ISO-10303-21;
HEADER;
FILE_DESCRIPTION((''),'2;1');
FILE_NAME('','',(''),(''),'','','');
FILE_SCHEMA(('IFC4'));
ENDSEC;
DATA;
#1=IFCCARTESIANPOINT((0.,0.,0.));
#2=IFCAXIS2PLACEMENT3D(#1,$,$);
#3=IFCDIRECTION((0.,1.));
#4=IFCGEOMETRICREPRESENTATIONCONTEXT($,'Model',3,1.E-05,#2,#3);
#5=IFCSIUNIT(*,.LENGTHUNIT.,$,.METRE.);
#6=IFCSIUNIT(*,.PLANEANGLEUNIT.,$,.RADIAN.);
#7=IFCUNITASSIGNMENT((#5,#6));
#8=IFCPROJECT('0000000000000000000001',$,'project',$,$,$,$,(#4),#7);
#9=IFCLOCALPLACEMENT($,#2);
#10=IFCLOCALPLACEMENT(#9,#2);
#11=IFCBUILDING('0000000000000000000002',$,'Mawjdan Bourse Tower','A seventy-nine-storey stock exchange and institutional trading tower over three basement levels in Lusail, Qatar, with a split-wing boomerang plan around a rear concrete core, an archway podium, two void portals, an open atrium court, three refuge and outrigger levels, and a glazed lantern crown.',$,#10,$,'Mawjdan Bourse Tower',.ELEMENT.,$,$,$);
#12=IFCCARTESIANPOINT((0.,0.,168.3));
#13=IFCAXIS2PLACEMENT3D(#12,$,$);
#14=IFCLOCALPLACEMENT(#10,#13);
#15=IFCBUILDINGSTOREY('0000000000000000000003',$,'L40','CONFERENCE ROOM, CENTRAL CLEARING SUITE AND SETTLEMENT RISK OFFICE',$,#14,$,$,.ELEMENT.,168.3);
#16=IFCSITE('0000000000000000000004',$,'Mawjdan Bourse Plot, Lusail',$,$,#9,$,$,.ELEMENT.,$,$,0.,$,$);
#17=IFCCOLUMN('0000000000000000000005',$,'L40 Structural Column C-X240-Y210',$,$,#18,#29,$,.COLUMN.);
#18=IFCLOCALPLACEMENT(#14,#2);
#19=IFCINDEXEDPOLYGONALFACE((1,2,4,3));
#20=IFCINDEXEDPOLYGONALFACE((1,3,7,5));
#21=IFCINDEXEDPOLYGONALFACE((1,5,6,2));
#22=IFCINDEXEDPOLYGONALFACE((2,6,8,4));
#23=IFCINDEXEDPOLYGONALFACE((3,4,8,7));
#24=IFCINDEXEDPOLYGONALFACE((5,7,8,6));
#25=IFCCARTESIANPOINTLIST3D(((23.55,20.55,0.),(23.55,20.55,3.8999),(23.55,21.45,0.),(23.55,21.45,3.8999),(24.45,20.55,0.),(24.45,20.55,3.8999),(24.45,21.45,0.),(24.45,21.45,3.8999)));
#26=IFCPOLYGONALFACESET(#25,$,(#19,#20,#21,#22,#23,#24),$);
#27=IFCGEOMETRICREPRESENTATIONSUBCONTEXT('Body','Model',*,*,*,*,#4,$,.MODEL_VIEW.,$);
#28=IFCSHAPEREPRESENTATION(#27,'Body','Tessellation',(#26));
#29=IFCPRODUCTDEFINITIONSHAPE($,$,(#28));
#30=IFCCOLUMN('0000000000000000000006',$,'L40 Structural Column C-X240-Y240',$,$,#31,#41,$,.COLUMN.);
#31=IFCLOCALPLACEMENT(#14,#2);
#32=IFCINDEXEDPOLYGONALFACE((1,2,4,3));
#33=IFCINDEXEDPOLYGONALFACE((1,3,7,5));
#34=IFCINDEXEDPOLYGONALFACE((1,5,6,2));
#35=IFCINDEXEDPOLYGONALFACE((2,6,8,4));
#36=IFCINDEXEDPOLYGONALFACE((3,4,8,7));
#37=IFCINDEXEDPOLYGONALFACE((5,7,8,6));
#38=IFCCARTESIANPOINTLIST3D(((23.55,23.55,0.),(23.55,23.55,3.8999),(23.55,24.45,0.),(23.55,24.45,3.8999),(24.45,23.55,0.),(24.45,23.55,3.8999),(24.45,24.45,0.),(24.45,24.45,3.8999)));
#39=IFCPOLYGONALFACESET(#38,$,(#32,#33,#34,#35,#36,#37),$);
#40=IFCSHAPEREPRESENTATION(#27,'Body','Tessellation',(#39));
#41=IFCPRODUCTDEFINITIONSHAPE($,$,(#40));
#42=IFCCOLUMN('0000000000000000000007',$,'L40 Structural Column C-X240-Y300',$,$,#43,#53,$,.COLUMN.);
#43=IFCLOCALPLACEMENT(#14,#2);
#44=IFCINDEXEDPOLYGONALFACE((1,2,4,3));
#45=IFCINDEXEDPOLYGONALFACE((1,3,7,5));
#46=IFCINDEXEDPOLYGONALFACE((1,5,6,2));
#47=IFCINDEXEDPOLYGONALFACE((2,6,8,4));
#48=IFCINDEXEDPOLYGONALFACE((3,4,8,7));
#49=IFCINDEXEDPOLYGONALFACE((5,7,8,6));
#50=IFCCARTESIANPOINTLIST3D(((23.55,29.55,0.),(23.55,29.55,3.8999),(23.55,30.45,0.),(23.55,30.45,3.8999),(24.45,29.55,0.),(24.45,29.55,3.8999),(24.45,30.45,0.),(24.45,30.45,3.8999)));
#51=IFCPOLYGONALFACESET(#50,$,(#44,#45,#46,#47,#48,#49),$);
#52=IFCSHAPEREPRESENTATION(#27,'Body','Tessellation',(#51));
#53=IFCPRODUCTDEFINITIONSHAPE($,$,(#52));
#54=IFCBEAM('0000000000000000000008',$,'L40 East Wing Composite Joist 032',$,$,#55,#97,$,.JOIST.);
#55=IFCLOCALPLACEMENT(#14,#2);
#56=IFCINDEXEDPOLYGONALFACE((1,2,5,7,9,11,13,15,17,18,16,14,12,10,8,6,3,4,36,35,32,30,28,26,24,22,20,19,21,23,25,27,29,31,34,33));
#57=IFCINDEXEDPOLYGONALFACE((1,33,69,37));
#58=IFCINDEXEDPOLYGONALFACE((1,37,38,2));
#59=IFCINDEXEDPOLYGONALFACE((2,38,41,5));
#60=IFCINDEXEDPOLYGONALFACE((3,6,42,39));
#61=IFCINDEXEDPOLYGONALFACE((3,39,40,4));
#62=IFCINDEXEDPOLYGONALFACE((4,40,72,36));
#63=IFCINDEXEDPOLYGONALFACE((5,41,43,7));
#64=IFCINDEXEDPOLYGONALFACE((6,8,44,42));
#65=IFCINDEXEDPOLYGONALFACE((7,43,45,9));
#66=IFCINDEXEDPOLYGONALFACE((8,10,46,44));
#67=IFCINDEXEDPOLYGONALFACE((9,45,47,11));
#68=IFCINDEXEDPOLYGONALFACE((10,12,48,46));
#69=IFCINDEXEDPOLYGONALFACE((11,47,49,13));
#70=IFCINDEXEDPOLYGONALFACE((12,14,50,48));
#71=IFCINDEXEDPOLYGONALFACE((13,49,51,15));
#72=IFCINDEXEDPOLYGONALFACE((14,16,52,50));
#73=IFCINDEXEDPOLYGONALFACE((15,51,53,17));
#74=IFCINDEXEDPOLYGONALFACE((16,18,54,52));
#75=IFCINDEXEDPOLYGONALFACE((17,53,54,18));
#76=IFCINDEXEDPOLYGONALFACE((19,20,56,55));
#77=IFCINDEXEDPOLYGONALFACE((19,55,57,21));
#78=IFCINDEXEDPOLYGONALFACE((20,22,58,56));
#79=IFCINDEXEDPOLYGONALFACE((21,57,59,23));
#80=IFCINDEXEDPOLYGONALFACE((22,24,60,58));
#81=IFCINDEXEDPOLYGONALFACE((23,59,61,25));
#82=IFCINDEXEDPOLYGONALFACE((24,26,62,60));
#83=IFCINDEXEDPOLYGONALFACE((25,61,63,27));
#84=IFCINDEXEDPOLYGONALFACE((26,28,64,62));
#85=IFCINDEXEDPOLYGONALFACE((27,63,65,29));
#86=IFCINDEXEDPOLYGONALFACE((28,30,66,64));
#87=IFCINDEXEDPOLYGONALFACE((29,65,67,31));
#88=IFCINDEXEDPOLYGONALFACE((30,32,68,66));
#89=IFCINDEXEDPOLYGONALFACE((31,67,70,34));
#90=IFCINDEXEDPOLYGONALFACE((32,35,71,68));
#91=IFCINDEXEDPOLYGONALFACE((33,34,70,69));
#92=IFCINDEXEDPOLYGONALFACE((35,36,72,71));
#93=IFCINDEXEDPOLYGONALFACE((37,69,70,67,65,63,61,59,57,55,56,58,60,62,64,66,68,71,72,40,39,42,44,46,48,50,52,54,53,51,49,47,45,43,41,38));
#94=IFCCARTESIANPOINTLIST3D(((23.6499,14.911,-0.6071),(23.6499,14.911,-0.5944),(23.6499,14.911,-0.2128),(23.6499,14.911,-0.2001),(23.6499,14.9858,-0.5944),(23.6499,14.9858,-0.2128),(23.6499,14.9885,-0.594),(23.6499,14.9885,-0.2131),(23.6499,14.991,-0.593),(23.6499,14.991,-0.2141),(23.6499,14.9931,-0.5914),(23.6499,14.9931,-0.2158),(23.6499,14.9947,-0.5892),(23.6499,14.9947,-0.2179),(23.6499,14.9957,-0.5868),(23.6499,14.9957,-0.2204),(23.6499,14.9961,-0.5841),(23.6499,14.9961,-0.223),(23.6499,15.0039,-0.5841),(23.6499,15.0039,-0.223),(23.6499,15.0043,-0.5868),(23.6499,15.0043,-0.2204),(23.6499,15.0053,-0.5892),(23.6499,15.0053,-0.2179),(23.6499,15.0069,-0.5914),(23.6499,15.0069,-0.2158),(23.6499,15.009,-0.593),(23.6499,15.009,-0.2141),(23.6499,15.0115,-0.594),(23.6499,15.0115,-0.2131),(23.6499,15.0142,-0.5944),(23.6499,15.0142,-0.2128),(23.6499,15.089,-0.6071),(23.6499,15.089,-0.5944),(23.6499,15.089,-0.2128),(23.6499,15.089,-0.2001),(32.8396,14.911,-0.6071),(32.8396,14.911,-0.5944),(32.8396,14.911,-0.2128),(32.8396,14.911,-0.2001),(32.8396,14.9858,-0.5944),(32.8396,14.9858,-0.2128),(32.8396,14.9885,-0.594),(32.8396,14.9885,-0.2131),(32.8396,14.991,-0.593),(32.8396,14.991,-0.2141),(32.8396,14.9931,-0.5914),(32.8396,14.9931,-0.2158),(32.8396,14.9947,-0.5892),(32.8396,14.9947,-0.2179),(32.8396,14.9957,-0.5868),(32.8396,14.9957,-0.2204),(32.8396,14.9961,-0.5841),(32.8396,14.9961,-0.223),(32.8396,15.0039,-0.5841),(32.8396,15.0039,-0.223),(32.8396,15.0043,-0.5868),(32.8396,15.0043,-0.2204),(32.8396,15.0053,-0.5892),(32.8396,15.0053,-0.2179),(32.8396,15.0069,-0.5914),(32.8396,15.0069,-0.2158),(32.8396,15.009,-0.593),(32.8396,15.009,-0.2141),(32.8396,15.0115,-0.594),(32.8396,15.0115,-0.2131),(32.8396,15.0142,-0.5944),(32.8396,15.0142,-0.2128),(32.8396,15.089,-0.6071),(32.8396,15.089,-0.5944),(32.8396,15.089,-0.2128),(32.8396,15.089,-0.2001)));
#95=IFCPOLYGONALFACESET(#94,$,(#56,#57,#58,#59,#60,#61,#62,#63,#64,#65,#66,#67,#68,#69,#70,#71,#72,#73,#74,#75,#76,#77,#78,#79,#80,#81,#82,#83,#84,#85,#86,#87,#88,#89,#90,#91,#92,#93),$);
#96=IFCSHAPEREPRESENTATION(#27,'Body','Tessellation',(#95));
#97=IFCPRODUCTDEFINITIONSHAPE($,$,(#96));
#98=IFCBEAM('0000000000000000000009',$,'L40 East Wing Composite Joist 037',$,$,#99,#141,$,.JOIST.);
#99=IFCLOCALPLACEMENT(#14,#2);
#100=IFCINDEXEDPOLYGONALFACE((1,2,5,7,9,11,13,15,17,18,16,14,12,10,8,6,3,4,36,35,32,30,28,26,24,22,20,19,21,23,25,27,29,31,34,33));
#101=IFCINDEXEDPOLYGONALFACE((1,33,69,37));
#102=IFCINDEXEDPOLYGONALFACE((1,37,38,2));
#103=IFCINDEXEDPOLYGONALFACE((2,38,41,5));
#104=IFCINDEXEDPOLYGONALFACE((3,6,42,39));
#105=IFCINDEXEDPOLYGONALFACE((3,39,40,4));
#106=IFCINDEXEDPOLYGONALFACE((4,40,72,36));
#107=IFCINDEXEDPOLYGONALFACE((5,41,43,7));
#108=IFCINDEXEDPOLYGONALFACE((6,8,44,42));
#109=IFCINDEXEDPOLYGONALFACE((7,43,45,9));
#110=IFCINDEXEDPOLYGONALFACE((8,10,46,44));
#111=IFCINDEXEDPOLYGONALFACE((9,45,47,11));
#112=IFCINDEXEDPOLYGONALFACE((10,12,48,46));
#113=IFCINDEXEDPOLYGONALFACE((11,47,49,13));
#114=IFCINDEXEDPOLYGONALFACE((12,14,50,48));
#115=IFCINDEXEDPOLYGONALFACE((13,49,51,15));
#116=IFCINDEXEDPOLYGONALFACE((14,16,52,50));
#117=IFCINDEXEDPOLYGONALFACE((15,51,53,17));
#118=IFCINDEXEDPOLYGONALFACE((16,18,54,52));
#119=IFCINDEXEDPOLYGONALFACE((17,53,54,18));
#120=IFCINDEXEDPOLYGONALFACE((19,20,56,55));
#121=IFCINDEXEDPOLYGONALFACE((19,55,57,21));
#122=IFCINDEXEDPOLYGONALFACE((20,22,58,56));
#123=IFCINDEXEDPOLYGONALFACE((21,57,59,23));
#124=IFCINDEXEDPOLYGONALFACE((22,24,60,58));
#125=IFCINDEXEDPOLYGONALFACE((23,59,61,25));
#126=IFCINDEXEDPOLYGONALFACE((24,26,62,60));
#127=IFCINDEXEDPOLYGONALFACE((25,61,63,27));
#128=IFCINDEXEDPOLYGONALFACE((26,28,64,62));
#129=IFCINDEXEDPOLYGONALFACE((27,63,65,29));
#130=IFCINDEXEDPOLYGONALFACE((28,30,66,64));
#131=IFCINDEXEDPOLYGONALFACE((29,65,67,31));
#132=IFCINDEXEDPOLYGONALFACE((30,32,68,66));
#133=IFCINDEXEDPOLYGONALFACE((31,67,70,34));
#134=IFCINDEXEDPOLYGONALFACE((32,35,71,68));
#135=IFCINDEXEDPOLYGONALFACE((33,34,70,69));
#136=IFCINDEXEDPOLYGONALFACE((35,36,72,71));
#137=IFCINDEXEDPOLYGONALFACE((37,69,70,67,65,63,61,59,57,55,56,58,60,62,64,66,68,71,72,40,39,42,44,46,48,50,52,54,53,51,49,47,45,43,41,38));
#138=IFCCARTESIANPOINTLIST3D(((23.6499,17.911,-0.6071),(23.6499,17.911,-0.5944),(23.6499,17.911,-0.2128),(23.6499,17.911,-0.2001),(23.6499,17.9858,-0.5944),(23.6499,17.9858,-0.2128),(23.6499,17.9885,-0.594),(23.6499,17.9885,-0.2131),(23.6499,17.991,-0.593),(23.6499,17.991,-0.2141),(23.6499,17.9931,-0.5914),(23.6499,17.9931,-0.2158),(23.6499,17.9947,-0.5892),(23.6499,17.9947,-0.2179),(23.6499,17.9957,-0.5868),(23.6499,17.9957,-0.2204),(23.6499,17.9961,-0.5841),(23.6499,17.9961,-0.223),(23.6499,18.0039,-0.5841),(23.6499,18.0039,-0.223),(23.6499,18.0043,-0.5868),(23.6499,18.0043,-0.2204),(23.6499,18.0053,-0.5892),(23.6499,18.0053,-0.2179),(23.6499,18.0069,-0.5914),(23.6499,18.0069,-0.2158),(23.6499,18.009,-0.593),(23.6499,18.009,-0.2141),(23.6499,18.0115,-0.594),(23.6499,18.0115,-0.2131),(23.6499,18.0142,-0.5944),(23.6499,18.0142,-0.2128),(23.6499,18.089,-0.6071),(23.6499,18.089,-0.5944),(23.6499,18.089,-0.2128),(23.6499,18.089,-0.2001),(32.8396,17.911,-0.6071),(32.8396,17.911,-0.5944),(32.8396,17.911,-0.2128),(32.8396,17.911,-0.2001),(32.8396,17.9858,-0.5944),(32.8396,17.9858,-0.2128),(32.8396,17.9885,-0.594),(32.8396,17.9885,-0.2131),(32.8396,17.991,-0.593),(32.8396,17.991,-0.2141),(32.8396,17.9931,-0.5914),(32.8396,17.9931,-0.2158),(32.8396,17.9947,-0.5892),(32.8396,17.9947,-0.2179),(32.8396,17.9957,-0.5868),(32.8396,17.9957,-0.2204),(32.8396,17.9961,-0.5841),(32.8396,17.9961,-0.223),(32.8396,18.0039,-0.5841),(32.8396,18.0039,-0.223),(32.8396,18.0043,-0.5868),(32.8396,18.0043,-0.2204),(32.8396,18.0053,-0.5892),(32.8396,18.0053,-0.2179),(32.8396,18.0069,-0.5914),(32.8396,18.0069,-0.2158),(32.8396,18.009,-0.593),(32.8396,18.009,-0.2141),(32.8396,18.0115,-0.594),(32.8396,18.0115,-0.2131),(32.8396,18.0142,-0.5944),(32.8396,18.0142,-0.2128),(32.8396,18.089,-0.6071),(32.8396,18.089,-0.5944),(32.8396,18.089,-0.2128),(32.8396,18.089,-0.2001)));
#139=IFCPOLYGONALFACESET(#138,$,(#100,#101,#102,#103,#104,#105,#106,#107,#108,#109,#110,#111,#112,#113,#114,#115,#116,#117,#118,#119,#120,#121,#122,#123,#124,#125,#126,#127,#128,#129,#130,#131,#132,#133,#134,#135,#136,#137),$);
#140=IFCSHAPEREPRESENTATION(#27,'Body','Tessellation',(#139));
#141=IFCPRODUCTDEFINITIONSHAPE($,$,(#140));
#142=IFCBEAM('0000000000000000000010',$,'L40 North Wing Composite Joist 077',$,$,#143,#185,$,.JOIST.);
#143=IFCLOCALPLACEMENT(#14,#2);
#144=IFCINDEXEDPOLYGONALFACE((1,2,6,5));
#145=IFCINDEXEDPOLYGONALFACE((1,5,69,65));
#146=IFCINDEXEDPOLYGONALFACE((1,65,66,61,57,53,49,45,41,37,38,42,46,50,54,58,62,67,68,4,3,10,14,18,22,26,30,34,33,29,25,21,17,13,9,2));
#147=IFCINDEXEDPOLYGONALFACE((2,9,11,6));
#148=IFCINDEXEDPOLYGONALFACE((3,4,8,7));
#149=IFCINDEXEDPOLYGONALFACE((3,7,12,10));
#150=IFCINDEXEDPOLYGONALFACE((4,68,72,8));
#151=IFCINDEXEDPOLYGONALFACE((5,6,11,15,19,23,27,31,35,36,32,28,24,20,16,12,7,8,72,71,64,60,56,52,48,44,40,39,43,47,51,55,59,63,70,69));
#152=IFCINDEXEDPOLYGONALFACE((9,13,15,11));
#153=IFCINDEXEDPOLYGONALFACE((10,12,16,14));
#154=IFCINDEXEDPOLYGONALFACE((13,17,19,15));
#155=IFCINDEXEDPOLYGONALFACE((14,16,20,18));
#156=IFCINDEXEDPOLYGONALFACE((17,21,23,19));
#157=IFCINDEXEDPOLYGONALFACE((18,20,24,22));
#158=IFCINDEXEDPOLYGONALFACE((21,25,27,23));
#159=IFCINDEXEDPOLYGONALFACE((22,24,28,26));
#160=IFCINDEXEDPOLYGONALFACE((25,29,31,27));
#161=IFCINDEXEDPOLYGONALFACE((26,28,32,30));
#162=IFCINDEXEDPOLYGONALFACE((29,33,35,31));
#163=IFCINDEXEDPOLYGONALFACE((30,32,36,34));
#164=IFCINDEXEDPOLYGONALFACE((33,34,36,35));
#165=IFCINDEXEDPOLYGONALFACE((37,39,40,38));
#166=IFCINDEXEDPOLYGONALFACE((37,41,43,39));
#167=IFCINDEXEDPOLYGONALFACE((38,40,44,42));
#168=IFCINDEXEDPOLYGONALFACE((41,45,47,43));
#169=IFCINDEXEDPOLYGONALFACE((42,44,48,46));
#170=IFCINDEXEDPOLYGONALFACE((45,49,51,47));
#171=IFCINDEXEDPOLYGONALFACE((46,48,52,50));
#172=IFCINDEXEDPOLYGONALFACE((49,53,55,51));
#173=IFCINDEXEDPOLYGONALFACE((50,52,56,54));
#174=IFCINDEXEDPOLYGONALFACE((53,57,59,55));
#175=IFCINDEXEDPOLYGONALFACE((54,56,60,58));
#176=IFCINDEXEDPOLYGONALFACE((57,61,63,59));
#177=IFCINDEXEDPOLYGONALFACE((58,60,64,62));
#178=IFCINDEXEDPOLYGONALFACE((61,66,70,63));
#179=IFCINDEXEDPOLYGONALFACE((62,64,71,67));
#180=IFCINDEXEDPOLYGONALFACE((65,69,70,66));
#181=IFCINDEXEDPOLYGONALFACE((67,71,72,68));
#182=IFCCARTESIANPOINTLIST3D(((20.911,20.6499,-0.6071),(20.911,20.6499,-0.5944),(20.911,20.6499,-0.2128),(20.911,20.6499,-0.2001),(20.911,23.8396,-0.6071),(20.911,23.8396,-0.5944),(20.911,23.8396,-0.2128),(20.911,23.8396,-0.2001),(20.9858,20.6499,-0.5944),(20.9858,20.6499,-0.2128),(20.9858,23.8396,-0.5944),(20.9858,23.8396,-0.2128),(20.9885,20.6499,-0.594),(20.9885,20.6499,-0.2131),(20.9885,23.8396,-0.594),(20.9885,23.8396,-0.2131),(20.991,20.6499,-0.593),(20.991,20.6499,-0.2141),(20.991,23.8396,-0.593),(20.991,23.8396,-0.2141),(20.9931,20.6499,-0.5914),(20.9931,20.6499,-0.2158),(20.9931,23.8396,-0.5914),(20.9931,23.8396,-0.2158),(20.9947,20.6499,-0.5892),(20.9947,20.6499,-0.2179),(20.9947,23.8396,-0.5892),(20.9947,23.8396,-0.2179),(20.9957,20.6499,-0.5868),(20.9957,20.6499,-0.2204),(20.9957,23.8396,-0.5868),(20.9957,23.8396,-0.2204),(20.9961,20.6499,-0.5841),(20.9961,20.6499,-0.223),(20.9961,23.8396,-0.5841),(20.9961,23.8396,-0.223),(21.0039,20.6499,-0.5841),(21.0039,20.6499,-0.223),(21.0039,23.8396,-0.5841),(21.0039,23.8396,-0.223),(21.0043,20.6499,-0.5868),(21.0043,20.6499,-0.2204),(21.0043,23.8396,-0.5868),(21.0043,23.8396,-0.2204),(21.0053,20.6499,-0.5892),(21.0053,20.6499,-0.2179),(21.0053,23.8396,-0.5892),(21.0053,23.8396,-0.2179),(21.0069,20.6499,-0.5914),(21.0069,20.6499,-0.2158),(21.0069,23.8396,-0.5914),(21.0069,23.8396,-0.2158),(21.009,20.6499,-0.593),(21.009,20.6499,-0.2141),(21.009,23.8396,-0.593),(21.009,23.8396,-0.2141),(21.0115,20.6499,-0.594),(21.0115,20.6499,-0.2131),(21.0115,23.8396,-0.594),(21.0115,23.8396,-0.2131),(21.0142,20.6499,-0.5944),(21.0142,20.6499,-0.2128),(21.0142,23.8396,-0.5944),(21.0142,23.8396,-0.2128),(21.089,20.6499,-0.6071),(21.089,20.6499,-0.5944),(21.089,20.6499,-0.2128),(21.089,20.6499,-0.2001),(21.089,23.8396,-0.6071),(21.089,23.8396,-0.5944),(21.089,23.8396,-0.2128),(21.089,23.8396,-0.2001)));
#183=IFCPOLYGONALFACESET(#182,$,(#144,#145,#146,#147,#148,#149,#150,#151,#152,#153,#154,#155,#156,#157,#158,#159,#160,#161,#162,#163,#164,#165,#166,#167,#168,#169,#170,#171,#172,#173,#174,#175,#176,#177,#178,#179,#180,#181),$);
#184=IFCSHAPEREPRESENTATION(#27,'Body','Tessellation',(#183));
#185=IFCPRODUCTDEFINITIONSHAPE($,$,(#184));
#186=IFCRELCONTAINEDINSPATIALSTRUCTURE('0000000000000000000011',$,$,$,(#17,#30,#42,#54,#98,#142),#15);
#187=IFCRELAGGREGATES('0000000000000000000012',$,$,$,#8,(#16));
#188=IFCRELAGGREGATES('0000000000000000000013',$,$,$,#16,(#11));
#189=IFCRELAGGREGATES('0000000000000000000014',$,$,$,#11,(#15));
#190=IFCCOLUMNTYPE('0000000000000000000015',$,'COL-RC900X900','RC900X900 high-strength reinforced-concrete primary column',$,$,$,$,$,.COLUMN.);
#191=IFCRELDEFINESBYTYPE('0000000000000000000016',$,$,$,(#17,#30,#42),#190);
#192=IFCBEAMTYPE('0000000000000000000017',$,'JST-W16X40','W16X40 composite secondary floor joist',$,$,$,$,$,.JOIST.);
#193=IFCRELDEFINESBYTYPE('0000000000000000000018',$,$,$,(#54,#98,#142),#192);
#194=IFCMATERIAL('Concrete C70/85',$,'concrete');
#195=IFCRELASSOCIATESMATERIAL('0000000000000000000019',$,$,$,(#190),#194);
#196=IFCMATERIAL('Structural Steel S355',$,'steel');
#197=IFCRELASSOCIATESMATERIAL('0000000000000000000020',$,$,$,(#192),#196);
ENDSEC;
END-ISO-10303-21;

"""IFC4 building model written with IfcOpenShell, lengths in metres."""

from ifc_helpers import new_model, si_unit, direction, frame, origin, origin_2d, place, context, subcontext, project, spatial, rectangle, i_section, extrude, material, material_profile, profile_set, type_object, element, save


model = new_model("IFC4")

# Units and contexts
model_context = context("Model", 3, precision=1e-05, world=origin(), true_north=direction((0.0, 1.0)))
body_context = subcontext(model_context, "Body", "Model", "MODEL_VIEW")
ifc_project = project(units=[si_unit("LENGTHUNIT", "METRE"), si_unit("PLANEANGLEUNIT", "RADIAN")], contexts=[model_context])

# Site, building, storey
site_placement = place(None, origin())
site = spatial("IfcSite", under=ifc_project, at=site_placement, Name="Mawjdan Bourse Plot, Lusail", CompositionType="ELEMENT", RefElevation=0.0)
building_placement = place(site_placement, origin())
building = spatial("IfcBuilding", under=site, at=building_placement, Name="Mawjdan Bourse Tower", Description="A seventy-nine-storey stock exchange and institutional trading tower over three basement levels in Lusail, Qatar, with a split-wing boomerang plan around a rear concrete core, an archway podium, two void portals, an open atrium court, three refuge and outrigger levels, and a glazed lantern crown.", LongName="Mawjdan Bourse Tower", CompositionType="ELEMENT")
storey_placement = place(building_placement, frame((0.0, 0.0, 168.3)))
storey = spatial("IfcBuildingStorey", under=building, at=storey_placement, Name="L40", Description="CONFERENCE ROOM, CENTRAL CLEARING SUITE AND SETTLEMENT RISK OFFICE", CompositionType="ELEMENT", Elevation=168.3)

# Columns
ifc_material_1 = material(Name="Concrete C70/85", Category="concrete")
ifc_material_profile_1 = material_profile(ifc_material_1, rectangle(XDim=0.8999, YDim=0.8999, at=origin_2d()), Name="RC900X900")
ifc_profile_set_1 = profile_set([ifc_material_profile_1], Name="Concrete C70/85")
column_type = type_object("IfcColumnType", Name="COL-RC900X900", Description="RC900X900 high-strength reinforced-concrete primary column", PredefinedType="COLUMN", material=ifc_profile_set_1)
for number, where, z_axis, x_axis, name in (
    (1, (24.0, 21.0, 0.0), (0.0, 0.0, 1.0), (1.0, 0.0, 0.0), "L40 Structural Column C-X240-Y210"),
    (2, (24.0, 24.0, 0.0), (0.0, 0.0, 1.0), (1.0, 0.0, 0.0), "L40 Structural Column C-X240-Y240"),
    (3, (24.0, 30.0, 0.0), (0.0, 0.0, 1.0), (1.0, 0.0, 0.0), "L40 Structural Column C-X240-Y300"),
):
    element("IfcColumn", number, at=place(storey_placement, frame(where, z_axis=z_axis, x_axis=x_axis)), inside=storey, type_object=column_type, Name=name, PredefinedType="COLUMN", context=body_context, shape_type="SweptSolid", body=[
        extrude(rectangle(XDim=0.8999, YDim=0.8999, at=origin_2d()), origin(), (0.0, 0.0, 1.0), 3.8999),
    ])

# Beams
ifc_material_2 = material(Name="Structural Steel S355", Category="steel")
ifc_material_profile_2 = material_profile(ifc_material_2, i_section(OverallWidth=0.178, OverallDepth=0.407, WebThickness=0.0078, FlangeThickness=0.0127, FilletRadius=0.0103, at=origin_2d()), Name="W16X40")
ifc_profile_set_2 = profile_set([ifc_material_profile_2], Name="Structural Steel S355")
beam_type_1 = type_object("IfcBeamType", Name="JST-W16X40", Description="W16X40 composite secondary floor joist", PredefinedType="JOIST", material=ifc_profile_set_2)
for number, where, z_axis, x_axis, name in (
    (4, (23.6499, 15.0, -0.4036), (1.0, 0.0, 0.0), (0.0, 1.0, 0.0), "L40 East Wing Composite Joist 032"),
    (5, (23.6499, 18.0, -0.4036), (1.0, 0.0, 0.0), (0.0, 1.0, 0.0), "L40 East Wing Composite Joist 037"),
):
    element("IfcBeam", number, at=place(storey_placement, frame(where, z_axis=z_axis, x_axis=x_axis)), inside=storey, type_object=beam_type_1, Name=name, PredefinedType="JOIST", context=body_context, shape_type="SweptSolid", body=[
        extrude(i_section(OverallWidth=0.178, OverallDepth=0.407, WebThickness=0.0078, FlangeThickness=0.0127, FilletRadius=0.0103, at=origin_2d()), origin(), (0.0, 0.0, 1.0), 9.1897),
    ])
beam_1_placement = place(storey_placement, frame((21.0, 20.6499, -0.4036), z_axis=(0.0, 1.0, 0.0), x_axis=(-1.0, 0.0, 0.0)))
element("IfcBeam", 6, at=beam_1_placement, inside=storey, type_object=beam_type_1, Name="L40 North Wing Composite Joist 077", PredefinedType="JOIST", context=body_context, shape_type="SweptSolid", body=[
    extrude(i_section(OverallWidth=0.178, OverallDepth=0.407, WebThickness=0.0078, FlangeThickness=0.0127, FilletRadius=0.0103, at=origin_2d()), origin(), (0.0, 0.0, 1.0), 3.1897),
])

save(model, "model.ifc")
